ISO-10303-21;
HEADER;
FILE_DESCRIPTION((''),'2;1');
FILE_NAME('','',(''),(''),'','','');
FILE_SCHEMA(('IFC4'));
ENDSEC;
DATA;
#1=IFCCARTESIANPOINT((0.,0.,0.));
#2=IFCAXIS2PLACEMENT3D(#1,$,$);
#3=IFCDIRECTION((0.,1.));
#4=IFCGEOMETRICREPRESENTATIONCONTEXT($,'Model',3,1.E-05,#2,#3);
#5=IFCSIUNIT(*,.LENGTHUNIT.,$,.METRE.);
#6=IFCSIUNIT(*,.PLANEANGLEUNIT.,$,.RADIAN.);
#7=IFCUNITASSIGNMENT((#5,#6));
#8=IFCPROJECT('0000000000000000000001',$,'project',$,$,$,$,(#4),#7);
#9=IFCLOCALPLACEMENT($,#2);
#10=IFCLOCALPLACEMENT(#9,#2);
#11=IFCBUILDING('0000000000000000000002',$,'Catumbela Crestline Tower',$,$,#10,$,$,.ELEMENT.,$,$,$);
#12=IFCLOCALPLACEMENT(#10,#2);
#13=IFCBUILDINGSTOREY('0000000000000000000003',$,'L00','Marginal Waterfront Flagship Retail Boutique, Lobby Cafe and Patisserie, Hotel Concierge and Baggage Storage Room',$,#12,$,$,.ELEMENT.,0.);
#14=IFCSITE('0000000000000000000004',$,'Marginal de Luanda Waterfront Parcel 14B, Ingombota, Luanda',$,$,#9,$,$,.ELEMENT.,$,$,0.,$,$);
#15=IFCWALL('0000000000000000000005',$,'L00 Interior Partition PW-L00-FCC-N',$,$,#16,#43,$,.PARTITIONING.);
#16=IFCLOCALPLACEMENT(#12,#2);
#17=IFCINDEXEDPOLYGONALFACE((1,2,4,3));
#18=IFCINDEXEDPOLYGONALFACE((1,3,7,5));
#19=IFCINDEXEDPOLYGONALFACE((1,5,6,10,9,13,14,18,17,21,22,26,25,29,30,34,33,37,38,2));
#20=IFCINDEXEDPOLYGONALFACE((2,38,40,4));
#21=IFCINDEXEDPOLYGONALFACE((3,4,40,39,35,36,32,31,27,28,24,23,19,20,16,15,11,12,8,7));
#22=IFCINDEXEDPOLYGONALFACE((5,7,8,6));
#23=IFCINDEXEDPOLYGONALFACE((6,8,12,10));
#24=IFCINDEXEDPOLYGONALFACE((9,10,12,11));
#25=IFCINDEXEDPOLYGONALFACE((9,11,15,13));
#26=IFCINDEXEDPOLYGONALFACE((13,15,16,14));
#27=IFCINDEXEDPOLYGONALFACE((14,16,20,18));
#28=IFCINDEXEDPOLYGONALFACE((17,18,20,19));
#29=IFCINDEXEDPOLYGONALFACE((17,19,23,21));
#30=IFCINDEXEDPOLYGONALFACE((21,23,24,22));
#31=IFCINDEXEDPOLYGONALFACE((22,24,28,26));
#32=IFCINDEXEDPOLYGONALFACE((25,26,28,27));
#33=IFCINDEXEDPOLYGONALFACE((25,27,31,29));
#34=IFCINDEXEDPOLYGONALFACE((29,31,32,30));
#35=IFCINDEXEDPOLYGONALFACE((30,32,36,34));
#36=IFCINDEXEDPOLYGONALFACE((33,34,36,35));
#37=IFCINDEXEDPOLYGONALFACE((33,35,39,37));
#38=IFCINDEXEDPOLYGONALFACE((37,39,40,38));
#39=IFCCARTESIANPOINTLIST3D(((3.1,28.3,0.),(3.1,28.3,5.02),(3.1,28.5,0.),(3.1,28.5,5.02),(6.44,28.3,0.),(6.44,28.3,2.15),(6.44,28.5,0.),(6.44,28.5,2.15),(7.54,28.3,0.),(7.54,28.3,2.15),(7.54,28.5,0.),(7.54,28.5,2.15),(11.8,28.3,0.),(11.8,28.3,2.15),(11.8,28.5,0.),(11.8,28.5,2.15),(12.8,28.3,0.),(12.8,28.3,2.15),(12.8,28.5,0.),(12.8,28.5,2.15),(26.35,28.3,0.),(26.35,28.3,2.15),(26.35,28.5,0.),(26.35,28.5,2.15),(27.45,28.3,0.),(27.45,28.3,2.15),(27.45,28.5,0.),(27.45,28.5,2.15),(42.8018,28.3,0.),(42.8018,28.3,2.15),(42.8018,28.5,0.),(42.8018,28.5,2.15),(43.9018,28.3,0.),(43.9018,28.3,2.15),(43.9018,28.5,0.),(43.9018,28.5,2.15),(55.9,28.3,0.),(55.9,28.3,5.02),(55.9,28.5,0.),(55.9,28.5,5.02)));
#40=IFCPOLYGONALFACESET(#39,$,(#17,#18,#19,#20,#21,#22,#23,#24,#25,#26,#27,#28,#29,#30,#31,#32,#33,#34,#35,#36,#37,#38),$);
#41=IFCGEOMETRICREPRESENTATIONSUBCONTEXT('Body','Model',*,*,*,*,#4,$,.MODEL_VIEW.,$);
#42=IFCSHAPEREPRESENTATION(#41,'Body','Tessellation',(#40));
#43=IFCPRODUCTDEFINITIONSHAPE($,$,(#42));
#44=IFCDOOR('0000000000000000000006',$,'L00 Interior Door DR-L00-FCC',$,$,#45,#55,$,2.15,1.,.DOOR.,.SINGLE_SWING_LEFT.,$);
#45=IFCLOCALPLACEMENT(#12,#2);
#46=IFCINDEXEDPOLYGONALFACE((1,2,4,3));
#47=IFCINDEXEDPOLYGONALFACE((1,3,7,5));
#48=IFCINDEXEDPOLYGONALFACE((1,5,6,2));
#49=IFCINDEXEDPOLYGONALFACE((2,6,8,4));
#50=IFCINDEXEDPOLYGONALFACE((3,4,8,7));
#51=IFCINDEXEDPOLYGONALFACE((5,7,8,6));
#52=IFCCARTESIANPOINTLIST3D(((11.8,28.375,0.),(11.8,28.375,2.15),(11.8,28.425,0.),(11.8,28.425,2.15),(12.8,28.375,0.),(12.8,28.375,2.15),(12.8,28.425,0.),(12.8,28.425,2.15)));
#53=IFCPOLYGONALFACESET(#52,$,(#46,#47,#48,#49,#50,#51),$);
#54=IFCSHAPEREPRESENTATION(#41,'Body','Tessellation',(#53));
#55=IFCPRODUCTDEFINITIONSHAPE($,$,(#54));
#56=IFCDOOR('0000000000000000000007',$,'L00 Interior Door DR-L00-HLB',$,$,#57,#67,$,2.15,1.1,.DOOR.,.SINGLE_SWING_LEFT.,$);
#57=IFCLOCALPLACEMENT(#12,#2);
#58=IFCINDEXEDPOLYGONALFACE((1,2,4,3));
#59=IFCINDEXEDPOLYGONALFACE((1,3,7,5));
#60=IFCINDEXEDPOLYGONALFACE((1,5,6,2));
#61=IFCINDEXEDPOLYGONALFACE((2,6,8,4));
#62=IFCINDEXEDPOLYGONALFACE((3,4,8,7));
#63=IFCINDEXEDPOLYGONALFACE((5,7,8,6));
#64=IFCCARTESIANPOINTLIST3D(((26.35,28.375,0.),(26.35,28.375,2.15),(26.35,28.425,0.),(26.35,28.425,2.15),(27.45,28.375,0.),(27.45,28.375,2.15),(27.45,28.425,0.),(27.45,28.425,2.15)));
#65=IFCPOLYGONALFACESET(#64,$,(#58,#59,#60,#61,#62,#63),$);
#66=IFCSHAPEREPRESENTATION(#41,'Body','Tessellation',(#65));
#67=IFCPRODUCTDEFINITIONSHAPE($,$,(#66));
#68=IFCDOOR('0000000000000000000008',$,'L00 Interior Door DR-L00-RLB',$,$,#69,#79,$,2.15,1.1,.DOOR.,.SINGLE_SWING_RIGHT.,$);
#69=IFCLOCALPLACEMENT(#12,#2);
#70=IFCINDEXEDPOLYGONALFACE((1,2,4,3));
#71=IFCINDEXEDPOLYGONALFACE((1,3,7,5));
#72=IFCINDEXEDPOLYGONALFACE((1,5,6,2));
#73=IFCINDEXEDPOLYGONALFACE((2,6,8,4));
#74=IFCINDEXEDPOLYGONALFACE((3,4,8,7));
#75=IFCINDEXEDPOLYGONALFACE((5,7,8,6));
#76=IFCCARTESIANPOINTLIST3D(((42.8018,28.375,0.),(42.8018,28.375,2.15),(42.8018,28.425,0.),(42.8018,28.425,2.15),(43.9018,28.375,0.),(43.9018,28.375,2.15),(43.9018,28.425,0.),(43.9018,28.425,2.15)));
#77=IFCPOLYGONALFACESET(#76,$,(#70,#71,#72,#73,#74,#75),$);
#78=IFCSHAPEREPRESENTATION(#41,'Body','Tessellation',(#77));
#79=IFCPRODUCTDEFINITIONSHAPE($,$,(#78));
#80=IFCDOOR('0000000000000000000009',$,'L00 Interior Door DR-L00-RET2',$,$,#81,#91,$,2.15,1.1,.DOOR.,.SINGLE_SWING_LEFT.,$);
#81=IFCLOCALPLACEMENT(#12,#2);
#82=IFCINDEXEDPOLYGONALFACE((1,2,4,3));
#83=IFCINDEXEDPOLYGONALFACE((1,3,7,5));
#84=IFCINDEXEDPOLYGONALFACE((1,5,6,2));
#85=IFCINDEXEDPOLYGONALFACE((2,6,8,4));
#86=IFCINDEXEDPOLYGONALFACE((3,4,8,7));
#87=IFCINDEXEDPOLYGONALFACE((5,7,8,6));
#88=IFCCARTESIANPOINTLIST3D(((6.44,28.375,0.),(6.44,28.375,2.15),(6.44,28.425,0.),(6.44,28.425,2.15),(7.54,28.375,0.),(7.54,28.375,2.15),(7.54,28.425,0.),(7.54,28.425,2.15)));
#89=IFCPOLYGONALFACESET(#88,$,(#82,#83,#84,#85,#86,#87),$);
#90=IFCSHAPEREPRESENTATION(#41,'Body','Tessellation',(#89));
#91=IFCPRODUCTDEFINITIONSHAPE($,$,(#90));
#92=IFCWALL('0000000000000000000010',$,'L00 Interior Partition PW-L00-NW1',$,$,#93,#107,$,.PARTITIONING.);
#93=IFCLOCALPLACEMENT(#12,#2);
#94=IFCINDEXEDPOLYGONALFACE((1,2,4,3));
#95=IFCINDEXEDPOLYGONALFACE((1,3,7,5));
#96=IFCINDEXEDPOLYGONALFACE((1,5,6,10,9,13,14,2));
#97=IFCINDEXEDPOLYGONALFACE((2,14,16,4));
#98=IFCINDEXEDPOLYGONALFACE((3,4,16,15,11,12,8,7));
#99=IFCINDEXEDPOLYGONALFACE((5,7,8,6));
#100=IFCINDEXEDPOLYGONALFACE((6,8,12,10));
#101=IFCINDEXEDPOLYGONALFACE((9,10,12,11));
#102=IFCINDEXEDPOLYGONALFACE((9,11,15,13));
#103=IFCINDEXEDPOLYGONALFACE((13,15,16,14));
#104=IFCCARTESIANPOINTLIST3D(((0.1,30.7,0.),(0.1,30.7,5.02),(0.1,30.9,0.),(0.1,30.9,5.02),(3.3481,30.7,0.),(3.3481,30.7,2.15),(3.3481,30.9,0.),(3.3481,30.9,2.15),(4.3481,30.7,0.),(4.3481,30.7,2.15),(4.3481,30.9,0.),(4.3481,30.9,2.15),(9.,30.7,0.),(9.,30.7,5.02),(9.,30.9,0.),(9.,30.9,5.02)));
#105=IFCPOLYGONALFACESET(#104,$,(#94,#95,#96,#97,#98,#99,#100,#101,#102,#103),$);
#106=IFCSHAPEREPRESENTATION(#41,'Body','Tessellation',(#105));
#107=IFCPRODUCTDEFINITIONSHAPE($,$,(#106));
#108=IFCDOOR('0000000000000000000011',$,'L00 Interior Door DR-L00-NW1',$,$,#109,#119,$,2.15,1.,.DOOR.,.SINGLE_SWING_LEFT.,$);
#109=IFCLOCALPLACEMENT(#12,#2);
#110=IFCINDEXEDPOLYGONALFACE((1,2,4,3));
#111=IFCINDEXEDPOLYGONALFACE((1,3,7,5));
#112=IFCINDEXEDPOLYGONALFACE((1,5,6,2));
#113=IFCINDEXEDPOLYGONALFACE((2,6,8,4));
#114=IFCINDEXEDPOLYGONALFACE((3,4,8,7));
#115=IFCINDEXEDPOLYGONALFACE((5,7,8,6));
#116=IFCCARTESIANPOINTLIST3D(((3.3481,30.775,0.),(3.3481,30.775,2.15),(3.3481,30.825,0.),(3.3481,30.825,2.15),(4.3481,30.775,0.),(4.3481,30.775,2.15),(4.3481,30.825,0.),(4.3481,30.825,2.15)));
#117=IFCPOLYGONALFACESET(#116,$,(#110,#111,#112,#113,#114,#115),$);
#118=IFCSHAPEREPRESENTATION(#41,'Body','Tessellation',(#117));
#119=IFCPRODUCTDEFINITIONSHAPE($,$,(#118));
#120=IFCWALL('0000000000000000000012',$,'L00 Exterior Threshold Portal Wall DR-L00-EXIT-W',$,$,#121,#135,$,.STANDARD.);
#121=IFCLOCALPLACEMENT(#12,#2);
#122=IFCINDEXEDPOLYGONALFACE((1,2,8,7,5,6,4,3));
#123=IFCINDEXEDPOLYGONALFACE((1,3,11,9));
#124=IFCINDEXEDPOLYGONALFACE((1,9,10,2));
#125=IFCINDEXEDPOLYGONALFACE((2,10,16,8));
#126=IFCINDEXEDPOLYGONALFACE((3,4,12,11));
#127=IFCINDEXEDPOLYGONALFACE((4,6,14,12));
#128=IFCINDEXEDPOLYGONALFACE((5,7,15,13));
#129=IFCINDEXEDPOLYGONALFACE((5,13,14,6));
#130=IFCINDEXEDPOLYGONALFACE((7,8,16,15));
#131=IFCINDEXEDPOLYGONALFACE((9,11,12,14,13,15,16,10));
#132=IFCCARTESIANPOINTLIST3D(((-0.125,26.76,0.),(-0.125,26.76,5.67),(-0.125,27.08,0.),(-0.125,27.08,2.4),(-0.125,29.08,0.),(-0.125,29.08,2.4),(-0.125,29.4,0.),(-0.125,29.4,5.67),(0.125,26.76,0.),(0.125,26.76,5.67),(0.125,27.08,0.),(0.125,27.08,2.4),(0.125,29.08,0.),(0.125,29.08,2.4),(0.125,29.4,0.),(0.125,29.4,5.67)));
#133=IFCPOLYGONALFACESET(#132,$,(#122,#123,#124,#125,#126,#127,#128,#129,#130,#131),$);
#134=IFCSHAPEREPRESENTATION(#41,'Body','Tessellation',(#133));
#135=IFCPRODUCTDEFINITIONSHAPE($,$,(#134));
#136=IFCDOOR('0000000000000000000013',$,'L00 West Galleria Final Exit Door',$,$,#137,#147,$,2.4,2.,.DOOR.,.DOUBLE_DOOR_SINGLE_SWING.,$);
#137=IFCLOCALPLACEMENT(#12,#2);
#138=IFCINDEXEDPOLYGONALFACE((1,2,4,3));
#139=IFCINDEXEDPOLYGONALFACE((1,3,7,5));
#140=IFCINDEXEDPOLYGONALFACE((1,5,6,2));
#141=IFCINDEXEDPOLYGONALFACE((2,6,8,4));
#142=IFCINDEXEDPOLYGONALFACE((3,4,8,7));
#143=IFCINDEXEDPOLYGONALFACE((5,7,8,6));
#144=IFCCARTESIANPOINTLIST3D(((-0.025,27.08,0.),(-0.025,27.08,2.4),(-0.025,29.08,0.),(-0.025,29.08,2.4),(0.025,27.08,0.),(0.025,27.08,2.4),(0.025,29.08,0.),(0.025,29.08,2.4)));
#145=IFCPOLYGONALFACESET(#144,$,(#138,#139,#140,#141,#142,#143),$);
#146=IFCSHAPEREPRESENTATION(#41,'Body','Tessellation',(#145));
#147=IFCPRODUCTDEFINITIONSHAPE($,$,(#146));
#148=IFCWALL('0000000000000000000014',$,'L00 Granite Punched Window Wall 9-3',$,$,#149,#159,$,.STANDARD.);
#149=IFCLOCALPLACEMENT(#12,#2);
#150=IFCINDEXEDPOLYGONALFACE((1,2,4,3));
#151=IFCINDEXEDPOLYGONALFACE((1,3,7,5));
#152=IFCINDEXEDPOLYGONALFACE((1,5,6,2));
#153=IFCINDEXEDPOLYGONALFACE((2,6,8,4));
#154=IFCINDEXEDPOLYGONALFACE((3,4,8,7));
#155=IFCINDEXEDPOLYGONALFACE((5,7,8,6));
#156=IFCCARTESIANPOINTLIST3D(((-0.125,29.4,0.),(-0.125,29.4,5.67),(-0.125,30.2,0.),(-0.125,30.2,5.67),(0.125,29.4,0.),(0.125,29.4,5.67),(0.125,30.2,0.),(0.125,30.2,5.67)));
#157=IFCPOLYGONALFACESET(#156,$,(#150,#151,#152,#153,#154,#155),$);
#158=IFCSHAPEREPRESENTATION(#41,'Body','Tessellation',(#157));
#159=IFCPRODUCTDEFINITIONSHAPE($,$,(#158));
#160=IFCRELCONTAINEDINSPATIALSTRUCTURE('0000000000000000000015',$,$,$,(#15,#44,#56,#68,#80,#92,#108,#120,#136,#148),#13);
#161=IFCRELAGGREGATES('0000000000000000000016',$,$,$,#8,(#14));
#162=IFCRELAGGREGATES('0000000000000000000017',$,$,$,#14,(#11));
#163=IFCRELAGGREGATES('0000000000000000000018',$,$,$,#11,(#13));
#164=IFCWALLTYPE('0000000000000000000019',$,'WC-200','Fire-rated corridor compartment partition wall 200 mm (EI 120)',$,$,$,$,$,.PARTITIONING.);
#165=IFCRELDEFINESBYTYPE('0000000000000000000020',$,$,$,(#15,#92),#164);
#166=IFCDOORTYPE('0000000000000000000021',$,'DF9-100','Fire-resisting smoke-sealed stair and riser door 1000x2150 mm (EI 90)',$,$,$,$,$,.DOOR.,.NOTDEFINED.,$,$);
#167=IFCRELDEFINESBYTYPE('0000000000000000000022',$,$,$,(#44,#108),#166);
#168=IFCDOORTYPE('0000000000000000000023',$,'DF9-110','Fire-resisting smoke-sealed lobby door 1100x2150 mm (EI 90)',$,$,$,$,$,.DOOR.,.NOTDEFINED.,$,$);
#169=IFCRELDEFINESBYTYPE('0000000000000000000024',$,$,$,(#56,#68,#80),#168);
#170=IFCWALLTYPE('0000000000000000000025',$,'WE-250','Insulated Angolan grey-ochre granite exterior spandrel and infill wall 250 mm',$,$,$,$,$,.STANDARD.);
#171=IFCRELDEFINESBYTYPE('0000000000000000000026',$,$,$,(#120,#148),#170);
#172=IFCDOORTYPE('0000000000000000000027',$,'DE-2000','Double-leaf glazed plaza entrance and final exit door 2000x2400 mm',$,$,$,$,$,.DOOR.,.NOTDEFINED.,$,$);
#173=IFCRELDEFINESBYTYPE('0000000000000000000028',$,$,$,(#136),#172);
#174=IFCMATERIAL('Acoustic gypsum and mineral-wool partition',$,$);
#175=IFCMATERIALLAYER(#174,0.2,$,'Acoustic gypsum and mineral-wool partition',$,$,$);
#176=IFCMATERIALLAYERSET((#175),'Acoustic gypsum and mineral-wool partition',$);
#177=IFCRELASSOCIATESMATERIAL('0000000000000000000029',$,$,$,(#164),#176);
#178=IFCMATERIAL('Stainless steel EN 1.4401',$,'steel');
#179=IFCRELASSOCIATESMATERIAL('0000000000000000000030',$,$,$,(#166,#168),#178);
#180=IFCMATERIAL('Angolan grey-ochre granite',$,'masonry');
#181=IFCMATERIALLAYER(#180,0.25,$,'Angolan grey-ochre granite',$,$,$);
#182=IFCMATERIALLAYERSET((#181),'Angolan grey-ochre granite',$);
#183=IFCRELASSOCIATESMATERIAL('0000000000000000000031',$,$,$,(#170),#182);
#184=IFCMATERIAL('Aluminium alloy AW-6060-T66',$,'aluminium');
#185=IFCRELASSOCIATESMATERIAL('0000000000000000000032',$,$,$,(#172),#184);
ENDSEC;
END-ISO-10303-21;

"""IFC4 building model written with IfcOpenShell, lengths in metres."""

from ifc_helpers import new_model, si_unit, direction, frame, frame_2d, origin, place, context, subcontext, project, spatial, rectangle, extrude, material, layer, layer_set, type_object, element, fill, save


model = new_model("IFC4")

# Units and contexts
model_context = context("Model", 3, precision=1e-05, world=origin(), true_north=direction((0.0, 1.0)))
body_context = subcontext(model_context, "Body", "Model", "MODEL_VIEW")
ifc_project = project(units=[si_unit("LENGTHUNIT", "METRE"), si_unit("PLANEANGLEUNIT", "RADIAN")], contexts=[model_context])

# Site, building, storey
site_placement = place(None, origin())
site = spatial("IfcSite", under=ifc_project, at=site_placement, Name="Marginal de Luanda Waterfront Parcel 14B, Ingombota, Luanda", CompositionType="ELEMENT", RefElevation=0.0)
building_placement = place(site_placement, origin())
building = spatial("IfcBuilding", under=site, at=building_placement, Name="Catumbela Crestline Tower", CompositionType="ELEMENT")
storey_placement = place(building_placement, origin())
storey = spatial("IfcBuildingStorey", under=building, at=storey_placement, Name="L00", Description="Marginal Waterfront Flagship Retail Boutique, Lobby Cafe and Patisserie, Hotel Concierge and Baggage Storage Room", CompositionType="ELEMENT", Elevation=0.0)

# Shared definitions
ifc_material_1 = material(Name="Aluminium alloy AW-6060-T66", Category="aluminium")

# Shared definitions
ifc_material_2 = material(Name="Acoustic gypsum and mineral-wool partition")
ifc_layer_1 = layer(ifc_material_2, 0.2, Name="Acoustic gypsum and mineral-wool partition")
ifc_layer_set_1 = layer_set([ifc_layer_1], Name="Acoustic gypsum and mineral-wool partition")
wall_type_1 = type_object("IfcWallType", Name="WC-200", Description="Fire-rated corridor compartment partition wall 200 mm (EI 120)", PredefinedType="PARTITIONING", material=ifc_layer_set_1)

# Wall, openings, doors
wall_1_placement = place(storey_placement, frame((3.1, 28.4, 0.0), z_axis=(0.0, 0.0, 1.0), x_axis=(1.0, 0.0, 0.0)))
wall_1 = element("IfcWall", 1, at=wall_1_placement, inside=storey, type_object=wall_type_1, Name="L00 Interior Partition PW-L00-FCC-N", PredefinedType="PARTITIONING", context=body_context, shape_type="SweptSolid", body=[
    extrude(rectangle(XDim=52.8, YDim=0.2, at=frame_2d((26.4, 0.0))), origin(), (0.0, 0.0, 1.0), 5.02),
])
opening_1_placement = place(wall_1_placement, frame((8.7, 0.0, 0.0)))
opening_1 = element("IfcOpeningElement", 2, at=opening_1_placement, cuts=wall_1, PredefinedType="OPENING", context=body_context, shape_type="SweptSolid", body=[
    extrude(rectangle(XDim=1.0, YDim=2.15, at=frame_2d((0.5, 1.075))), frame((0.0, 0.11, 0.0), z_axis=(0.0, -1.0, 0.0), x_axis=(1.0, 0.0, 0.0)), (0.0, 0.0, 1.0), 0.22),
])
opening_2_placement = place(wall_1_placement, frame((23.25, 0.0, 0.0)))
opening_2 = element("IfcOpeningElement", 3, at=opening_2_placement, cuts=wall_1, PredefinedType="OPENING", context=body_context, shape_type="SweptSolid", body=[
    extrude(rectangle(XDim=1.1, YDim=2.15, at=frame_2d((0.55, 1.075))), frame((0.0, 0.11, 0.0), z_axis=(0.0, -1.0, 0.0), x_axis=(1.0, 0.0, 0.0)), (0.0, 0.0, 1.0), 0.22),
])
opening_3_placement = place(wall_1_placement, frame((39.7018, 0.0, 0.0)))
opening_3 = element("IfcOpeningElement", 4, at=opening_3_placement, cuts=wall_1, PredefinedType="OPENING", context=body_context, shape_type="SweptSolid", body=[
    extrude(rectangle(XDim=1.1, YDim=2.15, at=frame_2d((0.55, 1.075))), frame((0.0, 0.11, 0.0), z_axis=(0.0, -1.0, 0.0), x_axis=(1.0, 0.0, 0.0)), (0.0, 0.0, 1.0), 0.22),
])
opening_4_placement = place(wall_1_placement, frame((3.34, 0.0, 0.0)))
opening_4 = element("IfcOpeningElement", 5, at=opening_4_placement, cuts=wall_1, PredefinedType="OPENING", context=body_context, shape_type="SweptSolid", body=[
    extrude(rectangle(XDim=1.1, YDim=2.15, at=frame_2d((0.55, 1.075))), frame((0.0, 0.11, 0.0), z_axis=(0.0, -1.0, 0.0), x_axis=(1.0, 0.0, 0.0)), (0.0, 0.0, 1.0), 0.22),
])
ifc_material_3 = material(Name="Stainless steel EN 1.4401", Category="steel")
door_type_1 = type_object("IfcDoorType", Name="DF9-100", Description="Fire-resisting smoke-sealed stair and riser door 1000x2150 mm (EI 90)", OperationType="NOTDEFINED", PredefinedType="DOOR", material=ifc_material_3)
door_1_placement = place(opening_1_placement, origin())
door_1 = element("IfcDoor", 6, at=door_1_placement, inside=storey, type_object=door_type_1, Name="L00 Interior Door DR-L00-FCC", OperationType="SINGLE_SWING_LEFT", OverallHeight=2.15, OverallWidth=1.0, PredefinedType="DOOR", context=body_context, shape_type="SweptSolid", body=[
    extrude(rectangle(XDim=1.0, YDim=2.15, at=frame_2d((0.5, 1.075))), frame((0.0, 0.025, 0.0), z_axis=(0.0, -1.0, 0.0), x_axis=(1.0, 0.0, 0.0)), (0.0, 0.0, 1.0), 0.05),
])
fill(opening_1, door_1)
door_type_2 = type_object("IfcDoorType", Name="DF9-110", Description="Fire-resisting smoke-sealed lobby door 1100x2150 mm (EI 90)", OperationType="NOTDEFINED", PredefinedType="DOOR", material=ifc_material_3)
door_2_placement = place(opening_2_placement, origin())
door_2 = element("IfcDoor", 7, at=door_2_placement, inside=storey, type_object=door_type_2, Name="L00 Interior Door DR-L00-HLB", OperationType="SINGLE_SWING_LEFT", OverallHeight=2.15, OverallWidth=1.1, PredefinedType="DOOR", context=body_context, shape_type="SweptSolid", body=[
    extrude(rectangle(XDim=1.1, YDim=2.15, at=frame_2d((0.55, 1.075))), frame((0.0, 0.025, 0.0), z_axis=(0.0, -1.0, 0.0), x_axis=(1.0, 0.0, 0.0)), (0.0, 0.0, 1.0), 0.05),
])
fill(opening_2, door_2)
door_3_placement = place(opening_3_placement, origin())
door_3 = element("IfcDoor", 8, at=door_3_placement, inside=storey, type_object=door_type_2, Name="L00 Interior Door DR-L00-RLB", OperationType="SINGLE_SWING_RIGHT", OverallHeight=2.15, OverallWidth=1.1, PredefinedType="DOOR", context=body_context, shape_type="SweptSolid", body=[
    extrude(rectangle(XDim=1.1, YDim=2.15, at=frame_2d((0.55, 1.075))), frame((0.0, 0.025, 0.0), z_axis=(0.0, -1.0, 0.0), x_axis=(1.0, 0.0, 0.0)), (0.0, 0.0, 1.0), 0.05),
])
fill(opening_3, door_3)
door_4_placement = place(opening_4_placement, origin())
door_4 = element("IfcDoor", 9, at=door_4_placement, inside=storey, type_object=door_type_2, Name="L00 Interior Door DR-L00-RET2", OperationType="SINGLE_SWING_LEFT", OverallHeight=2.15, OverallWidth=1.1, PredefinedType="DOOR", context=body_context, shape_type="SweptSolid", body=[
    extrude(rectangle(XDim=1.1, YDim=2.15, at=frame_2d((0.55, 1.075))), frame((0.0, 0.025, 0.0), z_axis=(0.0, -1.0, 0.0), x_axis=(1.0, 0.0, 0.0)), (0.0, 0.0, 1.0), 0.05),
])
fill(opening_4, door_4)

# Walls, openings, doors
wall_2_placement = place(storey_placement, frame((0.1, 30.8, 0.0), z_axis=(0.0, 0.0, 1.0), x_axis=(1.0, 0.0, 0.0)))
wall_2 = element("IfcWall", 10, at=wall_2_placement, inside=storey, type_object=wall_type_1, Name="L00 Interior Partition PW-L00-NW1", PredefinedType="PARTITIONING", context=body_context, shape_type="SweptSolid", body=[
    extrude(rectangle(XDim=8.9, YDim=0.2, at=frame_2d((4.45, 0.0))), origin(), (0.0, 0.0, 1.0), 5.02),
])
opening_5_placement = place(wall_2_placement, frame((3.2481, 0.0, 0.0)))
opening_5 = element("IfcOpeningElement", 11, at=opening_5_placement, cuts=wall_2, PredefinedType="OPENING", context=body_context, shape_type="SweptSolid", body=[
    extrude(rectangle(XDim=1.0, YDim=2.15, at=frame_2d((0.5, 1.075))), frame((0.0, 0.11, 0.0), z_axis=(0.0, -1.0, 0.0), x_axis=(1.0, 0.0, 0.0)), (0.0, 0.0, 1.0), 0.22),
])
door_5_placement = place(opening_5_placement, origin())
door_5 = element("IfcDoor", 12, at=door_5_placement, inside=storey, type_object=door_type_1, Name="L00 Interior Door DR-L00-NW1", OperationType="SINGLE_SWING_LEFT", OverallHeight=2.15, OverallWidth=1.0, PredefinedType="DOOR", context=body_context, shape_type="SweptSolid", body=[
    extrude(rectangle(XDim=1.0, YDim=2.15, at=frame_2d((0.5, 1.075))), frame((0.0, 0.025, 0.0), z_axis=(0.0, -1.0, 0.0), x_axis=(1.0, 0.0, 0.0)), (0.0, 0.0, 1.0), 0.05),
])
fill(opening_5, door_5)
ifc_material_4 = material(Name="Angolan grey-ochre granite", Category="masonry")
ifc_layer_2 = layer(ifc_material_4, 0.25, Name="Angolan grey-ochre granite")
ifc_layer_set_2 = layer_set([ifc_layer_2], Name="Angolan grey-ochre granite")
wall_type_2 = type_object("IfcWallType", Name="WE-250", Description="Insulated Angolan grey-ochre granite exterior spandrel and infill wall 250 mm", PredefinedType="STANDARD", material=ifc_layer_set_2)
wall_3_placement = place(storey_placement, frame((0.0, 26.76, 0.0), z_axis=(0.0, 0.0, 1.0), x_axis=(0.0, 1.0, 0.0)))
wall_3 = element("IfcWall", 13, at=wall_3_placement, inside=storey, type_object=wall_type_2, Name="L00 Exterior Threshold Portal Wall DR-L00-EXIT-W", PredefinedType="STANDARD", context=body_context, shape_type="SweptSolid", body=[
    extrude(rectangle(XDim=2.64, YDim=0.25, at=frame_2d((1.32, 0.0))), origin(), (0.0, 0.0, 1.0), 5.67),
])
opening_6_placement = place(wall_3_placement, frame((0.32, 0.0, 0.0)))
opening_6 = element("IfcOpeningElement", 14, at=opening_6_placement, cuts=wall_3, PredefinedType="OPENING", context=body_context, shape_type="SweptSolid", body=[
    extrude(rectangle(XDim=2.0, YDim=2.4, at=frame_2d((1.0, 1.2))), frame((0.0, 0.135, 0.0), z_axis=(0.0, -1.0, 0.0), x_axis=(1.0, 0.0, 0.0)), (0.0, 0.0, 1.0), 0.27),
])
door_type_3 = type_object("IfcDoorType", Name="DE-2000", Description="Double-leaf glazed plaza entrance and final exit door 2000x2400 mm", OperationType="NOTDEFINED", PredefinedType="DOOR", material=ifc_material_1)
door_6_placement = place(opening_6_placement, origin())
door_6 = element("IfcDoor", 15, at=door_6_placement, inside=storey, type_object=door_type_3, Name="L00 West Galleria Final Exit Door", OperationType="DOUBLE_DOOR_SINGLE_SWING", OverallHeight=2.4, OverallWidth=2.0, PredefinedType="DOOR", context=body_context, shape_type="SweptSolid", body=[
    extrude(rectangle(XDim=2.0, YDim=2.4, at=frame_2d((1.0, 1.2))), frame((0.0, 0.025, 0.0), z_axis=(0.0, -1.0, 0.0), x_axis=(1.0, 0.0, 0.0)), (0.0, 0.0, 1.0), 0.05),
])
fill(opening_6, door_6)

# Wall
wall_4_placement = place(storey_placement, frame((0.0, 30.2, 0.0), z_axis=(0.0, 0.0, 1.0), x_axis=(0.0, -1.0, 0.0)))
element("IfcWall", 16, at=wall_4_placement, inside=storey, type_object=wall_type_2, Name="L00 Granite Punched Window Wall 9-3", PredefinedType="STANDARD", context=body_context, shape_type="SweptSolid", body=[
    extrude(rectangle(XDim=0.8, YDim=0.25, at=frame_2d((0.4, 0.0))), origin(), (0.0, 0.0, 1.0), 5.67),
])

save(model, "model.ifc")
